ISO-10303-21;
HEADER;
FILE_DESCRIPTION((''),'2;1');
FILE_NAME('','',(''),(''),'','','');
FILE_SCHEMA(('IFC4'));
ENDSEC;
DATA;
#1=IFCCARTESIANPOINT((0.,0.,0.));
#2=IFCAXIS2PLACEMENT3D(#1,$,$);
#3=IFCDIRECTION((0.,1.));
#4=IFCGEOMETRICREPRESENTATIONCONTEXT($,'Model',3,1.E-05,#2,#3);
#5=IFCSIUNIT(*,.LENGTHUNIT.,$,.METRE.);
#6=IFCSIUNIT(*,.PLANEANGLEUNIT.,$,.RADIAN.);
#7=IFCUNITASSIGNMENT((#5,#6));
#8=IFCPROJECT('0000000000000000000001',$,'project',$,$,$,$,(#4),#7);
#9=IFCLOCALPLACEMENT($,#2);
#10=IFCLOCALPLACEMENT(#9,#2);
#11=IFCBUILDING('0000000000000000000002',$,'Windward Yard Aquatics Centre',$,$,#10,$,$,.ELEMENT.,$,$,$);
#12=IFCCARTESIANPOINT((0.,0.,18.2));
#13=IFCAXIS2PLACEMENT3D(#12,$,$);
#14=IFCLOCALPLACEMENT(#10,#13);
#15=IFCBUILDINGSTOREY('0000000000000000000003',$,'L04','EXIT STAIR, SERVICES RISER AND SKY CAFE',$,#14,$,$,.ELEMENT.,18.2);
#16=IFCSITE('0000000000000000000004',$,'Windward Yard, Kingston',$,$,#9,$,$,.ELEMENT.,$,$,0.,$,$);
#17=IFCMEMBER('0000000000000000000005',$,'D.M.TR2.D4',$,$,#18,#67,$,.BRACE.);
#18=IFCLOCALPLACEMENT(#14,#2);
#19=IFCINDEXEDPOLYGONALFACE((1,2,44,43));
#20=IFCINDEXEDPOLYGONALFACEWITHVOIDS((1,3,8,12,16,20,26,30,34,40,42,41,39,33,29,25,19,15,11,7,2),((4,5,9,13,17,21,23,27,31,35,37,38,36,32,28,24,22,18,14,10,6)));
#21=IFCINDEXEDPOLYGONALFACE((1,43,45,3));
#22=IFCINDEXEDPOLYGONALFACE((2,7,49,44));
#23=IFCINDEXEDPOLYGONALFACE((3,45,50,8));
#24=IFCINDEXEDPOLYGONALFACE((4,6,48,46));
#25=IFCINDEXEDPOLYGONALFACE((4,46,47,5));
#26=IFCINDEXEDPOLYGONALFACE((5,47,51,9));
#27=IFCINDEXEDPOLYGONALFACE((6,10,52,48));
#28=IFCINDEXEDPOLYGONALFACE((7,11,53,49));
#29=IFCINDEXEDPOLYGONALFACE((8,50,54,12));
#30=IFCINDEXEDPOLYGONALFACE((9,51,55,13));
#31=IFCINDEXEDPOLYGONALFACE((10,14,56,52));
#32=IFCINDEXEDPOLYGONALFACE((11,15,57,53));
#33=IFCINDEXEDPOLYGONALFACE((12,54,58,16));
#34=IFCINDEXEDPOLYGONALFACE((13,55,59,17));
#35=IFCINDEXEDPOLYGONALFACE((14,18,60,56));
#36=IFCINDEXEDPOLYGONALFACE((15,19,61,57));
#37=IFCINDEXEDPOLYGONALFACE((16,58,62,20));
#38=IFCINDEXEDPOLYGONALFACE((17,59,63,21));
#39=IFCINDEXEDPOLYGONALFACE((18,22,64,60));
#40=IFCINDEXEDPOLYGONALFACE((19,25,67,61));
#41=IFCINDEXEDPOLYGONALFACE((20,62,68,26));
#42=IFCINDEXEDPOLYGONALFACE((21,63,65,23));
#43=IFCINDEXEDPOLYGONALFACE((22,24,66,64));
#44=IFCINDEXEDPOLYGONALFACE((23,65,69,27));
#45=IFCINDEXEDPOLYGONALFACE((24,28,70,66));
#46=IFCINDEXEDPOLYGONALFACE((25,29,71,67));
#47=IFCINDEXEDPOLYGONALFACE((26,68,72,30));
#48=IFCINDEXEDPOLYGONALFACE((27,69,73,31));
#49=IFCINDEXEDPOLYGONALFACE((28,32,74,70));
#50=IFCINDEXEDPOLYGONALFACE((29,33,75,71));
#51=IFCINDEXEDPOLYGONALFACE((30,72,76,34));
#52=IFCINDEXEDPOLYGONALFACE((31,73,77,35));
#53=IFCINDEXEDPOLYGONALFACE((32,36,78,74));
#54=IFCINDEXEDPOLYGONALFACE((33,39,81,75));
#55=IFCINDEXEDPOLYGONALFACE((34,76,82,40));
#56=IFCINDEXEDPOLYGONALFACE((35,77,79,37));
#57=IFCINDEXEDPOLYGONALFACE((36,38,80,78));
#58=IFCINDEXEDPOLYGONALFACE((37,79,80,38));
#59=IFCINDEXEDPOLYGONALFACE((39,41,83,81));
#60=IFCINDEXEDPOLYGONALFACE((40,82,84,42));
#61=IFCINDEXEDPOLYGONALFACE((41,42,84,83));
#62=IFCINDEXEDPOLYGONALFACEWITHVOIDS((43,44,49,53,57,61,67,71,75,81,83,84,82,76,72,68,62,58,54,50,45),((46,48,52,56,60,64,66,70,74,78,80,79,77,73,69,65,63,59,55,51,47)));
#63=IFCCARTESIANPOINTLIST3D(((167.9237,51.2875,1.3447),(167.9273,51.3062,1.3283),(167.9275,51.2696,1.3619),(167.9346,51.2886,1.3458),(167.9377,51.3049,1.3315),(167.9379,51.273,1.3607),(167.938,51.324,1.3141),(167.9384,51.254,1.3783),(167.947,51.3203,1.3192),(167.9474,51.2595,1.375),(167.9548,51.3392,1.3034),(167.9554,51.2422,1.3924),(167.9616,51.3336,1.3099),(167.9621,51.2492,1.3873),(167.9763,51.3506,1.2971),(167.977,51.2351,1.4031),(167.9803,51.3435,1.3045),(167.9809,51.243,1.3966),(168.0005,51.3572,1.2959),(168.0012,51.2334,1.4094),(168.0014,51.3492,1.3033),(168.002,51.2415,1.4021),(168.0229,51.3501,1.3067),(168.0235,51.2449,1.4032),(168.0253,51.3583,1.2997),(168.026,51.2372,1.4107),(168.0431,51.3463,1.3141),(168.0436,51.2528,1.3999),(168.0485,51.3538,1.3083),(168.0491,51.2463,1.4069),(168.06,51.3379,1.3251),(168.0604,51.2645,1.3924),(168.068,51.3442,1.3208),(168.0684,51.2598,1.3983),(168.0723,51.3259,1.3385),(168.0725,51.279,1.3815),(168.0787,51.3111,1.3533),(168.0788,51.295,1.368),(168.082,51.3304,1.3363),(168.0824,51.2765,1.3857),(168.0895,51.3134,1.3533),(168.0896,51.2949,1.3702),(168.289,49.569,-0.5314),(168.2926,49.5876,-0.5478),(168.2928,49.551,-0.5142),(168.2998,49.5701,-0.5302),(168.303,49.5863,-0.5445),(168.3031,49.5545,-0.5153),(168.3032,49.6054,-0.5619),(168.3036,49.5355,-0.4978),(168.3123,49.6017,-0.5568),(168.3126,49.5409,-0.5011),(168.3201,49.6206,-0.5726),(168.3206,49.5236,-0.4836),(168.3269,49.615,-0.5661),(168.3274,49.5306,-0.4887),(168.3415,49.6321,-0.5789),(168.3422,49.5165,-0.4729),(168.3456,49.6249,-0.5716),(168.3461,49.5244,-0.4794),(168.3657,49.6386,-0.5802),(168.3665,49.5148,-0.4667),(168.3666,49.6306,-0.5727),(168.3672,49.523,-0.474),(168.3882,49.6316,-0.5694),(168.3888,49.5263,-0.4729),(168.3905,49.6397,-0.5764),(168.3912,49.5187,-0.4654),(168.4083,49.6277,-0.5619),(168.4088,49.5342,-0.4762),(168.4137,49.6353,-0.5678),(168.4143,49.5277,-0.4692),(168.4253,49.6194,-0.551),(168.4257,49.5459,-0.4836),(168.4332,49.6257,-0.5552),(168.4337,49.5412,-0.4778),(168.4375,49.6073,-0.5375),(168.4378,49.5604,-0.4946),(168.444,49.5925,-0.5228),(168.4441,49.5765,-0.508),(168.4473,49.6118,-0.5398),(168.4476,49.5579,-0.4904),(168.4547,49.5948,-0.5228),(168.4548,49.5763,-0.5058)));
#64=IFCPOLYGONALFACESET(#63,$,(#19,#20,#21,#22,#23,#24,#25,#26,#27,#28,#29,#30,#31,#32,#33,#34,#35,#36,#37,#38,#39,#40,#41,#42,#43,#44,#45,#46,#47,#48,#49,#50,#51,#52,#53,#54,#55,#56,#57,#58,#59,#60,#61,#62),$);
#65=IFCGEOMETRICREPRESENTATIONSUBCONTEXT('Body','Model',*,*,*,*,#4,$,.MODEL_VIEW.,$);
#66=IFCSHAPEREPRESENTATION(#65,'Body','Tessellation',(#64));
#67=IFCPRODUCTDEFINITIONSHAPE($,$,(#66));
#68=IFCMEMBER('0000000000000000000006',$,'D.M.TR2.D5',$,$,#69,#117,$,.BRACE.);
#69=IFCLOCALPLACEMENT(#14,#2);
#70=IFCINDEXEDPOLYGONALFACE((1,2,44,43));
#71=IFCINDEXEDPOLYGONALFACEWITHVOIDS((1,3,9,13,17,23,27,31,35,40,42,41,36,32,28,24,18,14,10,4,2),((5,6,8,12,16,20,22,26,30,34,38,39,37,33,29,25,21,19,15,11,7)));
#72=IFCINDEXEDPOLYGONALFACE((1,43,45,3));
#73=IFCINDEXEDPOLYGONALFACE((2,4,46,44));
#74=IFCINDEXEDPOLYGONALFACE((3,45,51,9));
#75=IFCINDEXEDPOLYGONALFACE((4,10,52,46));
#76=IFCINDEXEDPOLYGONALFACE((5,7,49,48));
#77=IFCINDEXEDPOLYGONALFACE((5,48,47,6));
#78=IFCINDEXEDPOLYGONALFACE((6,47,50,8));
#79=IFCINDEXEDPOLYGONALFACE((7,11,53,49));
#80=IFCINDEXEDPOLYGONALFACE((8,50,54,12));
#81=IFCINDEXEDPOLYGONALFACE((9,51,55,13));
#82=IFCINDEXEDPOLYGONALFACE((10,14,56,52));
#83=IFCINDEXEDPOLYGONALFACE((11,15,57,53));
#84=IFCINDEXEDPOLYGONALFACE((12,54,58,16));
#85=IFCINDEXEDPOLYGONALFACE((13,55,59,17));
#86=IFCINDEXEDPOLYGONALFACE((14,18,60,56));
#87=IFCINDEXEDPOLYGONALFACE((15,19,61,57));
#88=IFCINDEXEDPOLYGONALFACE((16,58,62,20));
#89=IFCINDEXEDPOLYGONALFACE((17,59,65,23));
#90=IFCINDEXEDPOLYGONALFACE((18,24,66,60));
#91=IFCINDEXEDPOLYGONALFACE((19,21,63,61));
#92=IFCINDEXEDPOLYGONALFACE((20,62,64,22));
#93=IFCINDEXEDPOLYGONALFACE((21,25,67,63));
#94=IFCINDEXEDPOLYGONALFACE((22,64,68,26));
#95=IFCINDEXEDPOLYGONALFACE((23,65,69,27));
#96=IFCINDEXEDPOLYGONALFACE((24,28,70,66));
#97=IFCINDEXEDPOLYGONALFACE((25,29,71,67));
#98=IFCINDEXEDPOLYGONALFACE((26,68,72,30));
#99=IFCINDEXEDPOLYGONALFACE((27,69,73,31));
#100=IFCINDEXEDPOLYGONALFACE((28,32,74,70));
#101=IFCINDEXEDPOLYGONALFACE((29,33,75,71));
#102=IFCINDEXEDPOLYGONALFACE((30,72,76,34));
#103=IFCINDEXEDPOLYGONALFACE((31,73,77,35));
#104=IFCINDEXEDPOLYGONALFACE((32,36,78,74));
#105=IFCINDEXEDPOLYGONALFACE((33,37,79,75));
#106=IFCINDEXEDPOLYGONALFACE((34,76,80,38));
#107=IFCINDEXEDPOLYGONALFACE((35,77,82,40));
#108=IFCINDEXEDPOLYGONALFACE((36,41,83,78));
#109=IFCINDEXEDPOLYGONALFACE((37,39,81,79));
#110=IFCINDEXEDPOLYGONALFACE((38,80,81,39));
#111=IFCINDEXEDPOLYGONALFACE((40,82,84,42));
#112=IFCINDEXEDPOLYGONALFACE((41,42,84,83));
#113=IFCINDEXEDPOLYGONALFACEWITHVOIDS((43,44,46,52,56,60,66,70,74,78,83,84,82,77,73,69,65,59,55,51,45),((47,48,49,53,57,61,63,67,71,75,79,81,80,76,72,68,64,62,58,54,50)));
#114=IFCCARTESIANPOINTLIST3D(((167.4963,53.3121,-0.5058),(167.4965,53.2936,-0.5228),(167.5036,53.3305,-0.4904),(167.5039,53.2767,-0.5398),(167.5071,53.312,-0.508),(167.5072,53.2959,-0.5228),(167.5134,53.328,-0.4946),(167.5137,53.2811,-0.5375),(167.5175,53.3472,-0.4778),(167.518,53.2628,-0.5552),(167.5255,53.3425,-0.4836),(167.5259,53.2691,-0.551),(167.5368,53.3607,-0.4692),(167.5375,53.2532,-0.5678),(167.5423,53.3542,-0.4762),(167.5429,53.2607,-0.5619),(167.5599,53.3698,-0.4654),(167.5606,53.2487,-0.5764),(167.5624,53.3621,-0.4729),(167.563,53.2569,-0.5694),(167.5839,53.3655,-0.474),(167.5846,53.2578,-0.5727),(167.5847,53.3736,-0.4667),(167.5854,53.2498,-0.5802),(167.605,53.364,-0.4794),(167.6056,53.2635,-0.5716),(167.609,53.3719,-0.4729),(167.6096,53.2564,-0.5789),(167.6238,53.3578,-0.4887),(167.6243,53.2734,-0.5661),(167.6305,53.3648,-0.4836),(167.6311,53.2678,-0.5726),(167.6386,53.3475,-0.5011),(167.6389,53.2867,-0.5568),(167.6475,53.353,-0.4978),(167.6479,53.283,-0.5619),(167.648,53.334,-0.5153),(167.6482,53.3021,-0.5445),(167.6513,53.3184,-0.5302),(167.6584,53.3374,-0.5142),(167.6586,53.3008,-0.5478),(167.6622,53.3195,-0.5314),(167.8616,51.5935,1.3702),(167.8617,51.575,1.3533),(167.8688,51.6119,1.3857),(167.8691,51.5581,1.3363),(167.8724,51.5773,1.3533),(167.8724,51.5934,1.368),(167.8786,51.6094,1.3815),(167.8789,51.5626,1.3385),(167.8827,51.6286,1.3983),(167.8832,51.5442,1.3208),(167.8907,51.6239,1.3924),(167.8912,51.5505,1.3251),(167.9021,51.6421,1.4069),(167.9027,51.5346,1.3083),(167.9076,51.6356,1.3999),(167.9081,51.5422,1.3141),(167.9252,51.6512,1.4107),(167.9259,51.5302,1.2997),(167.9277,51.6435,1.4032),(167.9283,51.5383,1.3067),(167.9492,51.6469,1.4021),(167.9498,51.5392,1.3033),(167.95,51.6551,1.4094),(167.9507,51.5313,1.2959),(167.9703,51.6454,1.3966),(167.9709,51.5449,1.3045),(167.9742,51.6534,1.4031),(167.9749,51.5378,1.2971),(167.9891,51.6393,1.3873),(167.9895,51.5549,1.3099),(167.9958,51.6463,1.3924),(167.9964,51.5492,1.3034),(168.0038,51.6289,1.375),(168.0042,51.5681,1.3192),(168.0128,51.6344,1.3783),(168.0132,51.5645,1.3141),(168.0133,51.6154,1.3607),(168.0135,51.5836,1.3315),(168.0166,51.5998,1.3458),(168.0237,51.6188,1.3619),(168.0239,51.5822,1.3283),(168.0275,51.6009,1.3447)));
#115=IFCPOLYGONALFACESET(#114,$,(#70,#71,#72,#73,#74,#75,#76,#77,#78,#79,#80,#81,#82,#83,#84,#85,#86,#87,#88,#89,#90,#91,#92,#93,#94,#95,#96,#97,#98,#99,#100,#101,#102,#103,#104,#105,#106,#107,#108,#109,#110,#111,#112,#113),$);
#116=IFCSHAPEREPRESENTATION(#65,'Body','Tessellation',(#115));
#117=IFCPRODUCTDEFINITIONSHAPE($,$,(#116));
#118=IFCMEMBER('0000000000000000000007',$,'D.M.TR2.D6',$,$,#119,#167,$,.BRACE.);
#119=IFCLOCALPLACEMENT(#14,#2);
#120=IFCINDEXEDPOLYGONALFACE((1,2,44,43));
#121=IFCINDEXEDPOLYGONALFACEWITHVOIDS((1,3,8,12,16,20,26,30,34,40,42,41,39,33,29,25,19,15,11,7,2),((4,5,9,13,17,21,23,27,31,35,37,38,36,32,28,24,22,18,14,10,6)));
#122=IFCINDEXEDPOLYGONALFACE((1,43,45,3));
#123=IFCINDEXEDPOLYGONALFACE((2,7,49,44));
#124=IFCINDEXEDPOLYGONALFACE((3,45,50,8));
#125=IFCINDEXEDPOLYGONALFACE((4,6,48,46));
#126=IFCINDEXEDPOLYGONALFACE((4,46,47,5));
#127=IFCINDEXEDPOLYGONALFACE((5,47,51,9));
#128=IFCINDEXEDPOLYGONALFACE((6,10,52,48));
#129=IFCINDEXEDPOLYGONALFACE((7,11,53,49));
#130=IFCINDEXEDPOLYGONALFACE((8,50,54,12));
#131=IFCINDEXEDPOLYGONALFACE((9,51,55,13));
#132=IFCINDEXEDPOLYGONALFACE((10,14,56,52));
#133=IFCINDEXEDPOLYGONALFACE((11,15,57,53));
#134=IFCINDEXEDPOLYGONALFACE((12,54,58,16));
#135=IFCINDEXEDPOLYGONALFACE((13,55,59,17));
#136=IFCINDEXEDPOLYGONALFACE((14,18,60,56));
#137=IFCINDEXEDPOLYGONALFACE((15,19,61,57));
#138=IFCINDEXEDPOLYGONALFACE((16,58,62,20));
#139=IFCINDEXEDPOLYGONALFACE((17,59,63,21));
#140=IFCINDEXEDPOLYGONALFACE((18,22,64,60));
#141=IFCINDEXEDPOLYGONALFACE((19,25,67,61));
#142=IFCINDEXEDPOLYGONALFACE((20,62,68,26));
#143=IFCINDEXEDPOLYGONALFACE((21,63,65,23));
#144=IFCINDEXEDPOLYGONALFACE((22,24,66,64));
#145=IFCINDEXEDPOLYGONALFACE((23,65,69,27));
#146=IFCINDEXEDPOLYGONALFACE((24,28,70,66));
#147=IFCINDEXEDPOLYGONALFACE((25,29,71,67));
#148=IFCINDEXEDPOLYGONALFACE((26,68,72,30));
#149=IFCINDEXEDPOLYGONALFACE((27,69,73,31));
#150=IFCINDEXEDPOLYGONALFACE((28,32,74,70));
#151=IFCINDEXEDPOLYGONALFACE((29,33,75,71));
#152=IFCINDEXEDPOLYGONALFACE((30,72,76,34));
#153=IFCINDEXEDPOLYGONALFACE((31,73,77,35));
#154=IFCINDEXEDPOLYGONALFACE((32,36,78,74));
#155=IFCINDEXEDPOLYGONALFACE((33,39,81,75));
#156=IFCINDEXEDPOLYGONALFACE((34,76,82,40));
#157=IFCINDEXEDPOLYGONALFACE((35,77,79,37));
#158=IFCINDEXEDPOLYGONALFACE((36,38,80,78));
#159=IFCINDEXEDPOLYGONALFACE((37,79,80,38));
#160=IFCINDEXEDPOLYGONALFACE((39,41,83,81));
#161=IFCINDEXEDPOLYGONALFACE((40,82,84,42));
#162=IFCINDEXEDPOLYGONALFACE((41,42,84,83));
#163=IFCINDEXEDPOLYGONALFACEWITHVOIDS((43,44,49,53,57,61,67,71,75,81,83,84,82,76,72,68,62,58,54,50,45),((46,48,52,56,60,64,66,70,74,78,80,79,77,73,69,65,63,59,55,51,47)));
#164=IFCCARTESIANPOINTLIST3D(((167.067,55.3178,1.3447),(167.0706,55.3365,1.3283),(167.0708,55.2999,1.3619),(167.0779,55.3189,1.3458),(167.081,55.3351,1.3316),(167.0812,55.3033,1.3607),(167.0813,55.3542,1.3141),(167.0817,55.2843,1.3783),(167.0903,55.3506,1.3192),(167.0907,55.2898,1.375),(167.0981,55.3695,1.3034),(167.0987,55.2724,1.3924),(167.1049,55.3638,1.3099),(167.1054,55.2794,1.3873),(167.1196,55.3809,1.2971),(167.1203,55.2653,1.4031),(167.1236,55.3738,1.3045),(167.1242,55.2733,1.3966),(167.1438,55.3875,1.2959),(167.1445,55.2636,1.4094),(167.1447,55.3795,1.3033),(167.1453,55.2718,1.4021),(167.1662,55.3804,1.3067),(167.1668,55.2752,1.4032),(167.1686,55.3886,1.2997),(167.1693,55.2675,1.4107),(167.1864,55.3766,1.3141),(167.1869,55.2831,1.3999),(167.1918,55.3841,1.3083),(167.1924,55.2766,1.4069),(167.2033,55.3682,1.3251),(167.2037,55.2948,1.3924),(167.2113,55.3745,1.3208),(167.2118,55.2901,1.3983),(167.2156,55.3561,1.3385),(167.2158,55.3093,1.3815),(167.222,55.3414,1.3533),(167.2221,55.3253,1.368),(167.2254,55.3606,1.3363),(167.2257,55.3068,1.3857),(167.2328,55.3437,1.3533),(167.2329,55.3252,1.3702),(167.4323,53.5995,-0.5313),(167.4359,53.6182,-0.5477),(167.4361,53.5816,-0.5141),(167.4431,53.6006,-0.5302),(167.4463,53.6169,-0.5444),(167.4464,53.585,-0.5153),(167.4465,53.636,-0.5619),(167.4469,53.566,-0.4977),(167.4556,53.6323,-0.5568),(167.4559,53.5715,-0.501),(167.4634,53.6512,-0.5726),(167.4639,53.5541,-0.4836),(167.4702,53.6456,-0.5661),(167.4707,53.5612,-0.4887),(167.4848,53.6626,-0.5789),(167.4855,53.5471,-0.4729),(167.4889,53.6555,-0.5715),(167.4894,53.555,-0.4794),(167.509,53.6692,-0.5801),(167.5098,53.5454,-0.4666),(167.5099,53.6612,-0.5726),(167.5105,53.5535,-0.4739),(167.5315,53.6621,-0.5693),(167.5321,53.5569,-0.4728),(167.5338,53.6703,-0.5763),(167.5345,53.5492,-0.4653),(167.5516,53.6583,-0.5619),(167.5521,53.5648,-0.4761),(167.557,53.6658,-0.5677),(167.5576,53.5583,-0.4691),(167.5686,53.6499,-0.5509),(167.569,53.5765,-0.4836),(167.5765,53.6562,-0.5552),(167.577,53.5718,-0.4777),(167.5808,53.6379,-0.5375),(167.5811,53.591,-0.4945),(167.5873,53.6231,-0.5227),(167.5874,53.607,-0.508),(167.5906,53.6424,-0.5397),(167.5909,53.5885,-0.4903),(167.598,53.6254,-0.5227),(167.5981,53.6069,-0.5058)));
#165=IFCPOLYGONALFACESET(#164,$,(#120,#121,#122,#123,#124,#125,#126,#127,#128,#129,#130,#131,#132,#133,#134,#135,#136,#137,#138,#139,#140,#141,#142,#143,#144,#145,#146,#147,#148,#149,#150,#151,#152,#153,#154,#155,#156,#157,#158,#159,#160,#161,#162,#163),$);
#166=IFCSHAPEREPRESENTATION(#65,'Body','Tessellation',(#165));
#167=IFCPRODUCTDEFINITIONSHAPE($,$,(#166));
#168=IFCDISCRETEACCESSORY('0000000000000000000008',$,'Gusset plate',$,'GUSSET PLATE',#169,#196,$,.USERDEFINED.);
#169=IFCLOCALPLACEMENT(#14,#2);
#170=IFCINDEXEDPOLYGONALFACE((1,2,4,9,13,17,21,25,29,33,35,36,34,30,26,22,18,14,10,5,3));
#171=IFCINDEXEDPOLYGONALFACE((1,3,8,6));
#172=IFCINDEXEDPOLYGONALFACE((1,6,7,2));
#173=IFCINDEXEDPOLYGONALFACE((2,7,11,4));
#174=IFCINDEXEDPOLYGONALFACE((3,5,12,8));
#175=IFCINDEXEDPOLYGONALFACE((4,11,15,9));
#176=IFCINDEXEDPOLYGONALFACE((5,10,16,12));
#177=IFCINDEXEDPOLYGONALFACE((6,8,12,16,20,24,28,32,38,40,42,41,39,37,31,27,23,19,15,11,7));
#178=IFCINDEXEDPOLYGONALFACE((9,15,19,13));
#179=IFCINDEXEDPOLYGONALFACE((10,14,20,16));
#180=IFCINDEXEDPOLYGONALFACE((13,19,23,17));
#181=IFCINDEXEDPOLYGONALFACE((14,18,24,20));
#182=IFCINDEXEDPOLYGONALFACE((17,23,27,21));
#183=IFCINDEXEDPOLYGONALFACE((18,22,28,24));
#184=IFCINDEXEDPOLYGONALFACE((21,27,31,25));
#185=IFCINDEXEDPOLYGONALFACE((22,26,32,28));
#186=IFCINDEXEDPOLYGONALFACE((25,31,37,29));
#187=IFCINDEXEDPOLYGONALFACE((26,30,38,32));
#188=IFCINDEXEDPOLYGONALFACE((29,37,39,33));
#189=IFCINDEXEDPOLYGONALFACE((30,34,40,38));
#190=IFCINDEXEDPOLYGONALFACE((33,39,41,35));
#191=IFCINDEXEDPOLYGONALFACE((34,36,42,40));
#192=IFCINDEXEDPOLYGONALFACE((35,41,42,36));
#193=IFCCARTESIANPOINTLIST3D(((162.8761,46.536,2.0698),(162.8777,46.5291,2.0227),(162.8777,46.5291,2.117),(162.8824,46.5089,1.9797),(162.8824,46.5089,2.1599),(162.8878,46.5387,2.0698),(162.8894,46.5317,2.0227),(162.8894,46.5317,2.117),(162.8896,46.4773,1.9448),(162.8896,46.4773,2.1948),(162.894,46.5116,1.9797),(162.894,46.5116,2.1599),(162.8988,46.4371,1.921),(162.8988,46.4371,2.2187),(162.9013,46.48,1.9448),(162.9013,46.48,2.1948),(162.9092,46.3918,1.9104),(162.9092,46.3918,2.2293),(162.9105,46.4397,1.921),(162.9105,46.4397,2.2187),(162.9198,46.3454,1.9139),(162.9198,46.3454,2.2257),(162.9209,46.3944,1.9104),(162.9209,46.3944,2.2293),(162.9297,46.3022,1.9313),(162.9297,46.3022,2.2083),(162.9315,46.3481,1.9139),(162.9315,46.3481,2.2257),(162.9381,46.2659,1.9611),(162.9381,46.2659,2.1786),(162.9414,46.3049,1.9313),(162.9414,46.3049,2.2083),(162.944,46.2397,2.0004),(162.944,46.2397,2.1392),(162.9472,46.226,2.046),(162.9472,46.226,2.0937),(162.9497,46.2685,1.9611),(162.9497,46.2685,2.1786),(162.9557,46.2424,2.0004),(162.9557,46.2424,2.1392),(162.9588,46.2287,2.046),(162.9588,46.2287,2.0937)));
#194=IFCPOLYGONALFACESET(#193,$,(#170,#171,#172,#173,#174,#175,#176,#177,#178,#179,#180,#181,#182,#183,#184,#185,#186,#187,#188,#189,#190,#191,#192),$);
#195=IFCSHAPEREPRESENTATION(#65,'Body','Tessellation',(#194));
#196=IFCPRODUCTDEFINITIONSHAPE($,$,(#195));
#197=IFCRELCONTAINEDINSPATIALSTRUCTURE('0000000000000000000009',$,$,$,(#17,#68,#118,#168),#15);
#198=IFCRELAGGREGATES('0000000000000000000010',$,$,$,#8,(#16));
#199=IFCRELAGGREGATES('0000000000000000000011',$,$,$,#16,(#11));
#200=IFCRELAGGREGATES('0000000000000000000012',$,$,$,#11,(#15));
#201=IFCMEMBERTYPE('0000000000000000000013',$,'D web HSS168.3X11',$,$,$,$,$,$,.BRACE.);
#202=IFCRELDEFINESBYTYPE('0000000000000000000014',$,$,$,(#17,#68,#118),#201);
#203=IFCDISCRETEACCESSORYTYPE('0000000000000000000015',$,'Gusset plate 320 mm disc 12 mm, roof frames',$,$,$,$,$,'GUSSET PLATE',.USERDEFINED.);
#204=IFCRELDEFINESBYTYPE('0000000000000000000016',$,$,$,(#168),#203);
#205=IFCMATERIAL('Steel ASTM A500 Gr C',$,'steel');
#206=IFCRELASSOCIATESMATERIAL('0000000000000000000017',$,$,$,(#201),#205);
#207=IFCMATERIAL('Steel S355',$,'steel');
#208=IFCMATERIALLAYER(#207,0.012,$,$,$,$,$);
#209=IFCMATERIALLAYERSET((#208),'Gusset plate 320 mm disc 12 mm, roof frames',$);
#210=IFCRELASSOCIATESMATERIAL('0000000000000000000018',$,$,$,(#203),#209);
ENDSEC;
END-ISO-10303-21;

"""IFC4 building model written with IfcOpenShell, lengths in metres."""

from ifc_helpers import new_model, si_unit, direction, frame, origin, origin_2d, place, context, subcontext, project, spatial, circle, hollow_circle, extrude, material, layer, layer_set, material_profile, profile_set, type_object, element, save


model = new_model("IFC4")

# Units and contexts
model_context = context("Model", 3, precision=1e-05, world=origin(), true_north=direction((0.0, 1.0)))
body_context = subcontext(model_context, "Body", "Model", "MODEL_VIEW")
ifc_project = project(units=[si_unit("LENGTHUNIT", "METRE"), si_unit("PLANEANGLEUNIT", "RADIAN")], contexts=[model_context])

# Site, building, storey
site_placement = place(None, origin())
site = spatial("IfcSite", under=ifc_project, at=site_placement, Name="Windward Yard, Kingston", CompositionType="ELEMENT", RefElevation=0.0)
building_placement = place(site_placement, origin())
building = spatial("IfcBuilding", under=site, at=building_placement, Name="Windward Yard Aquatics Centre", CompositionType="ELEMENT")
storey_placement = place(building_placement, frame((0.0, 0.0, 18.2)))
storey = spatial("IfcBuildingStorey", under=building, at=storey_placement, Name="L04", Description="EXIT STAIR, SERVICES RISER AND SKY CAFE", CompositionType="ELEMENT", Elevation=18.2)

# Members
ifc_material_1 = material(Name="Steel ASTM A500 Gr C", Category="steel")
ifc_material_profile_1 = material_profile(ifc_material_1, hollow_circle(Radius=0.0842, WallThickness=0.011, at=origin_2d()), Name="HSS168.3X11")
ifc_profile_set_1 = profile_set([ifc_material_profile_1], Name="Steel ASTM A500 Gr C")
member_type_1 = type_object("IfcMemberType", Name="D web HSS168.3X11", PredefinedType="BRACE", material=ifc_profile_set_1)
for number, where, z_axis, x_axis, name in (
    (1, (168.0071, 51.2959, 1.3533), (0.142103, -0.668626, -0.729894), (0.978153, 0.207887, 0.0), "D.M.TR2.D4"),
    (2, (167.9441, 51.5925, 1.3533), (-0.142103, 0.668626, -0.729894), (-0.978153, -0.207887, 0.0), "D.M.TR2.D5"),
):
    element("IfcMember", number, at=place(storey_placement, frame(where, z_axis=z_axis, x_axis=x_axis)), inside=storey, type_object=member_type_1, Name=name, PredefinedType="BRACE", context=body_context, shape_type="SweptSolid", body=[
        extrude(hollow_circle(Radius=0.0842, WallThickness=0.011, at=origin_2d()), origin(), (0.0, 0.0, 1.0), 2.5703),
    ])
member_1_placement = place(storey_placement, frame((167.1504, 55.3262, 1.3533), z_axis=(0.142112, -0.668574, -0.729941), x_axis=(0.978147, 0.207915, 0.0)))
element("IfcMember", 3, at=member_1_placement, inside=storey, type_object=member_type_1, Name="D.M.TR2.D6", PredefinedType="BRACE", context=body_context, shape_type="SweptSolid", body=[
    extrude(hollow_circle(Radius=0.0842, WallThickness=0.011, at=origin_2d()), origin(), (0.0, 0.0, 1.0), 2.5701),
])

# Discrete accessory
ifc_material_2 = material(Name="Steel S355", Category="steel")
ifc_layer = layer(ifc_material_2, 0.012)
ifc_layer_set = layer_set([ifc_layer], Name="Gusset plate 320 mm disc 12 mm, roof frames")
discrete_accessory_type = type_object("IfcDiscreteAccessoryType", Name="Gusset plate 320 mm disc 12 mm, roof frames", ElementType="GUSSET PLATE", PredefinedType="USERDEFINED", material=ifc_layer_set)
for number, where, z_axis, x_axis, name in (
    (4, (162.9119, 46.3801, 2.0698), (0.974732, 0.223376, 0.0), (-0.223376, 0.974732, 0.0), "Gusset plate"),
):
    element("IfcDiscreteAccessory", number, at=place(storey_placement, frame(where, z_axis=z_axis, x_axis=x_axis)), inside=storey, type_object=discrete_accessory_type, Name=name, ObjectType="GUSSET PLATE", PredefinedType="USERDEFINED", context=body_context, shape_type="SweptSolid", body=[
        extrude(circle(Radius=0.1599, at=origin_2d()), origin(), (0.0, 0.0, 1.0), 0.012),
    ])

save(model, "model.ifc")
